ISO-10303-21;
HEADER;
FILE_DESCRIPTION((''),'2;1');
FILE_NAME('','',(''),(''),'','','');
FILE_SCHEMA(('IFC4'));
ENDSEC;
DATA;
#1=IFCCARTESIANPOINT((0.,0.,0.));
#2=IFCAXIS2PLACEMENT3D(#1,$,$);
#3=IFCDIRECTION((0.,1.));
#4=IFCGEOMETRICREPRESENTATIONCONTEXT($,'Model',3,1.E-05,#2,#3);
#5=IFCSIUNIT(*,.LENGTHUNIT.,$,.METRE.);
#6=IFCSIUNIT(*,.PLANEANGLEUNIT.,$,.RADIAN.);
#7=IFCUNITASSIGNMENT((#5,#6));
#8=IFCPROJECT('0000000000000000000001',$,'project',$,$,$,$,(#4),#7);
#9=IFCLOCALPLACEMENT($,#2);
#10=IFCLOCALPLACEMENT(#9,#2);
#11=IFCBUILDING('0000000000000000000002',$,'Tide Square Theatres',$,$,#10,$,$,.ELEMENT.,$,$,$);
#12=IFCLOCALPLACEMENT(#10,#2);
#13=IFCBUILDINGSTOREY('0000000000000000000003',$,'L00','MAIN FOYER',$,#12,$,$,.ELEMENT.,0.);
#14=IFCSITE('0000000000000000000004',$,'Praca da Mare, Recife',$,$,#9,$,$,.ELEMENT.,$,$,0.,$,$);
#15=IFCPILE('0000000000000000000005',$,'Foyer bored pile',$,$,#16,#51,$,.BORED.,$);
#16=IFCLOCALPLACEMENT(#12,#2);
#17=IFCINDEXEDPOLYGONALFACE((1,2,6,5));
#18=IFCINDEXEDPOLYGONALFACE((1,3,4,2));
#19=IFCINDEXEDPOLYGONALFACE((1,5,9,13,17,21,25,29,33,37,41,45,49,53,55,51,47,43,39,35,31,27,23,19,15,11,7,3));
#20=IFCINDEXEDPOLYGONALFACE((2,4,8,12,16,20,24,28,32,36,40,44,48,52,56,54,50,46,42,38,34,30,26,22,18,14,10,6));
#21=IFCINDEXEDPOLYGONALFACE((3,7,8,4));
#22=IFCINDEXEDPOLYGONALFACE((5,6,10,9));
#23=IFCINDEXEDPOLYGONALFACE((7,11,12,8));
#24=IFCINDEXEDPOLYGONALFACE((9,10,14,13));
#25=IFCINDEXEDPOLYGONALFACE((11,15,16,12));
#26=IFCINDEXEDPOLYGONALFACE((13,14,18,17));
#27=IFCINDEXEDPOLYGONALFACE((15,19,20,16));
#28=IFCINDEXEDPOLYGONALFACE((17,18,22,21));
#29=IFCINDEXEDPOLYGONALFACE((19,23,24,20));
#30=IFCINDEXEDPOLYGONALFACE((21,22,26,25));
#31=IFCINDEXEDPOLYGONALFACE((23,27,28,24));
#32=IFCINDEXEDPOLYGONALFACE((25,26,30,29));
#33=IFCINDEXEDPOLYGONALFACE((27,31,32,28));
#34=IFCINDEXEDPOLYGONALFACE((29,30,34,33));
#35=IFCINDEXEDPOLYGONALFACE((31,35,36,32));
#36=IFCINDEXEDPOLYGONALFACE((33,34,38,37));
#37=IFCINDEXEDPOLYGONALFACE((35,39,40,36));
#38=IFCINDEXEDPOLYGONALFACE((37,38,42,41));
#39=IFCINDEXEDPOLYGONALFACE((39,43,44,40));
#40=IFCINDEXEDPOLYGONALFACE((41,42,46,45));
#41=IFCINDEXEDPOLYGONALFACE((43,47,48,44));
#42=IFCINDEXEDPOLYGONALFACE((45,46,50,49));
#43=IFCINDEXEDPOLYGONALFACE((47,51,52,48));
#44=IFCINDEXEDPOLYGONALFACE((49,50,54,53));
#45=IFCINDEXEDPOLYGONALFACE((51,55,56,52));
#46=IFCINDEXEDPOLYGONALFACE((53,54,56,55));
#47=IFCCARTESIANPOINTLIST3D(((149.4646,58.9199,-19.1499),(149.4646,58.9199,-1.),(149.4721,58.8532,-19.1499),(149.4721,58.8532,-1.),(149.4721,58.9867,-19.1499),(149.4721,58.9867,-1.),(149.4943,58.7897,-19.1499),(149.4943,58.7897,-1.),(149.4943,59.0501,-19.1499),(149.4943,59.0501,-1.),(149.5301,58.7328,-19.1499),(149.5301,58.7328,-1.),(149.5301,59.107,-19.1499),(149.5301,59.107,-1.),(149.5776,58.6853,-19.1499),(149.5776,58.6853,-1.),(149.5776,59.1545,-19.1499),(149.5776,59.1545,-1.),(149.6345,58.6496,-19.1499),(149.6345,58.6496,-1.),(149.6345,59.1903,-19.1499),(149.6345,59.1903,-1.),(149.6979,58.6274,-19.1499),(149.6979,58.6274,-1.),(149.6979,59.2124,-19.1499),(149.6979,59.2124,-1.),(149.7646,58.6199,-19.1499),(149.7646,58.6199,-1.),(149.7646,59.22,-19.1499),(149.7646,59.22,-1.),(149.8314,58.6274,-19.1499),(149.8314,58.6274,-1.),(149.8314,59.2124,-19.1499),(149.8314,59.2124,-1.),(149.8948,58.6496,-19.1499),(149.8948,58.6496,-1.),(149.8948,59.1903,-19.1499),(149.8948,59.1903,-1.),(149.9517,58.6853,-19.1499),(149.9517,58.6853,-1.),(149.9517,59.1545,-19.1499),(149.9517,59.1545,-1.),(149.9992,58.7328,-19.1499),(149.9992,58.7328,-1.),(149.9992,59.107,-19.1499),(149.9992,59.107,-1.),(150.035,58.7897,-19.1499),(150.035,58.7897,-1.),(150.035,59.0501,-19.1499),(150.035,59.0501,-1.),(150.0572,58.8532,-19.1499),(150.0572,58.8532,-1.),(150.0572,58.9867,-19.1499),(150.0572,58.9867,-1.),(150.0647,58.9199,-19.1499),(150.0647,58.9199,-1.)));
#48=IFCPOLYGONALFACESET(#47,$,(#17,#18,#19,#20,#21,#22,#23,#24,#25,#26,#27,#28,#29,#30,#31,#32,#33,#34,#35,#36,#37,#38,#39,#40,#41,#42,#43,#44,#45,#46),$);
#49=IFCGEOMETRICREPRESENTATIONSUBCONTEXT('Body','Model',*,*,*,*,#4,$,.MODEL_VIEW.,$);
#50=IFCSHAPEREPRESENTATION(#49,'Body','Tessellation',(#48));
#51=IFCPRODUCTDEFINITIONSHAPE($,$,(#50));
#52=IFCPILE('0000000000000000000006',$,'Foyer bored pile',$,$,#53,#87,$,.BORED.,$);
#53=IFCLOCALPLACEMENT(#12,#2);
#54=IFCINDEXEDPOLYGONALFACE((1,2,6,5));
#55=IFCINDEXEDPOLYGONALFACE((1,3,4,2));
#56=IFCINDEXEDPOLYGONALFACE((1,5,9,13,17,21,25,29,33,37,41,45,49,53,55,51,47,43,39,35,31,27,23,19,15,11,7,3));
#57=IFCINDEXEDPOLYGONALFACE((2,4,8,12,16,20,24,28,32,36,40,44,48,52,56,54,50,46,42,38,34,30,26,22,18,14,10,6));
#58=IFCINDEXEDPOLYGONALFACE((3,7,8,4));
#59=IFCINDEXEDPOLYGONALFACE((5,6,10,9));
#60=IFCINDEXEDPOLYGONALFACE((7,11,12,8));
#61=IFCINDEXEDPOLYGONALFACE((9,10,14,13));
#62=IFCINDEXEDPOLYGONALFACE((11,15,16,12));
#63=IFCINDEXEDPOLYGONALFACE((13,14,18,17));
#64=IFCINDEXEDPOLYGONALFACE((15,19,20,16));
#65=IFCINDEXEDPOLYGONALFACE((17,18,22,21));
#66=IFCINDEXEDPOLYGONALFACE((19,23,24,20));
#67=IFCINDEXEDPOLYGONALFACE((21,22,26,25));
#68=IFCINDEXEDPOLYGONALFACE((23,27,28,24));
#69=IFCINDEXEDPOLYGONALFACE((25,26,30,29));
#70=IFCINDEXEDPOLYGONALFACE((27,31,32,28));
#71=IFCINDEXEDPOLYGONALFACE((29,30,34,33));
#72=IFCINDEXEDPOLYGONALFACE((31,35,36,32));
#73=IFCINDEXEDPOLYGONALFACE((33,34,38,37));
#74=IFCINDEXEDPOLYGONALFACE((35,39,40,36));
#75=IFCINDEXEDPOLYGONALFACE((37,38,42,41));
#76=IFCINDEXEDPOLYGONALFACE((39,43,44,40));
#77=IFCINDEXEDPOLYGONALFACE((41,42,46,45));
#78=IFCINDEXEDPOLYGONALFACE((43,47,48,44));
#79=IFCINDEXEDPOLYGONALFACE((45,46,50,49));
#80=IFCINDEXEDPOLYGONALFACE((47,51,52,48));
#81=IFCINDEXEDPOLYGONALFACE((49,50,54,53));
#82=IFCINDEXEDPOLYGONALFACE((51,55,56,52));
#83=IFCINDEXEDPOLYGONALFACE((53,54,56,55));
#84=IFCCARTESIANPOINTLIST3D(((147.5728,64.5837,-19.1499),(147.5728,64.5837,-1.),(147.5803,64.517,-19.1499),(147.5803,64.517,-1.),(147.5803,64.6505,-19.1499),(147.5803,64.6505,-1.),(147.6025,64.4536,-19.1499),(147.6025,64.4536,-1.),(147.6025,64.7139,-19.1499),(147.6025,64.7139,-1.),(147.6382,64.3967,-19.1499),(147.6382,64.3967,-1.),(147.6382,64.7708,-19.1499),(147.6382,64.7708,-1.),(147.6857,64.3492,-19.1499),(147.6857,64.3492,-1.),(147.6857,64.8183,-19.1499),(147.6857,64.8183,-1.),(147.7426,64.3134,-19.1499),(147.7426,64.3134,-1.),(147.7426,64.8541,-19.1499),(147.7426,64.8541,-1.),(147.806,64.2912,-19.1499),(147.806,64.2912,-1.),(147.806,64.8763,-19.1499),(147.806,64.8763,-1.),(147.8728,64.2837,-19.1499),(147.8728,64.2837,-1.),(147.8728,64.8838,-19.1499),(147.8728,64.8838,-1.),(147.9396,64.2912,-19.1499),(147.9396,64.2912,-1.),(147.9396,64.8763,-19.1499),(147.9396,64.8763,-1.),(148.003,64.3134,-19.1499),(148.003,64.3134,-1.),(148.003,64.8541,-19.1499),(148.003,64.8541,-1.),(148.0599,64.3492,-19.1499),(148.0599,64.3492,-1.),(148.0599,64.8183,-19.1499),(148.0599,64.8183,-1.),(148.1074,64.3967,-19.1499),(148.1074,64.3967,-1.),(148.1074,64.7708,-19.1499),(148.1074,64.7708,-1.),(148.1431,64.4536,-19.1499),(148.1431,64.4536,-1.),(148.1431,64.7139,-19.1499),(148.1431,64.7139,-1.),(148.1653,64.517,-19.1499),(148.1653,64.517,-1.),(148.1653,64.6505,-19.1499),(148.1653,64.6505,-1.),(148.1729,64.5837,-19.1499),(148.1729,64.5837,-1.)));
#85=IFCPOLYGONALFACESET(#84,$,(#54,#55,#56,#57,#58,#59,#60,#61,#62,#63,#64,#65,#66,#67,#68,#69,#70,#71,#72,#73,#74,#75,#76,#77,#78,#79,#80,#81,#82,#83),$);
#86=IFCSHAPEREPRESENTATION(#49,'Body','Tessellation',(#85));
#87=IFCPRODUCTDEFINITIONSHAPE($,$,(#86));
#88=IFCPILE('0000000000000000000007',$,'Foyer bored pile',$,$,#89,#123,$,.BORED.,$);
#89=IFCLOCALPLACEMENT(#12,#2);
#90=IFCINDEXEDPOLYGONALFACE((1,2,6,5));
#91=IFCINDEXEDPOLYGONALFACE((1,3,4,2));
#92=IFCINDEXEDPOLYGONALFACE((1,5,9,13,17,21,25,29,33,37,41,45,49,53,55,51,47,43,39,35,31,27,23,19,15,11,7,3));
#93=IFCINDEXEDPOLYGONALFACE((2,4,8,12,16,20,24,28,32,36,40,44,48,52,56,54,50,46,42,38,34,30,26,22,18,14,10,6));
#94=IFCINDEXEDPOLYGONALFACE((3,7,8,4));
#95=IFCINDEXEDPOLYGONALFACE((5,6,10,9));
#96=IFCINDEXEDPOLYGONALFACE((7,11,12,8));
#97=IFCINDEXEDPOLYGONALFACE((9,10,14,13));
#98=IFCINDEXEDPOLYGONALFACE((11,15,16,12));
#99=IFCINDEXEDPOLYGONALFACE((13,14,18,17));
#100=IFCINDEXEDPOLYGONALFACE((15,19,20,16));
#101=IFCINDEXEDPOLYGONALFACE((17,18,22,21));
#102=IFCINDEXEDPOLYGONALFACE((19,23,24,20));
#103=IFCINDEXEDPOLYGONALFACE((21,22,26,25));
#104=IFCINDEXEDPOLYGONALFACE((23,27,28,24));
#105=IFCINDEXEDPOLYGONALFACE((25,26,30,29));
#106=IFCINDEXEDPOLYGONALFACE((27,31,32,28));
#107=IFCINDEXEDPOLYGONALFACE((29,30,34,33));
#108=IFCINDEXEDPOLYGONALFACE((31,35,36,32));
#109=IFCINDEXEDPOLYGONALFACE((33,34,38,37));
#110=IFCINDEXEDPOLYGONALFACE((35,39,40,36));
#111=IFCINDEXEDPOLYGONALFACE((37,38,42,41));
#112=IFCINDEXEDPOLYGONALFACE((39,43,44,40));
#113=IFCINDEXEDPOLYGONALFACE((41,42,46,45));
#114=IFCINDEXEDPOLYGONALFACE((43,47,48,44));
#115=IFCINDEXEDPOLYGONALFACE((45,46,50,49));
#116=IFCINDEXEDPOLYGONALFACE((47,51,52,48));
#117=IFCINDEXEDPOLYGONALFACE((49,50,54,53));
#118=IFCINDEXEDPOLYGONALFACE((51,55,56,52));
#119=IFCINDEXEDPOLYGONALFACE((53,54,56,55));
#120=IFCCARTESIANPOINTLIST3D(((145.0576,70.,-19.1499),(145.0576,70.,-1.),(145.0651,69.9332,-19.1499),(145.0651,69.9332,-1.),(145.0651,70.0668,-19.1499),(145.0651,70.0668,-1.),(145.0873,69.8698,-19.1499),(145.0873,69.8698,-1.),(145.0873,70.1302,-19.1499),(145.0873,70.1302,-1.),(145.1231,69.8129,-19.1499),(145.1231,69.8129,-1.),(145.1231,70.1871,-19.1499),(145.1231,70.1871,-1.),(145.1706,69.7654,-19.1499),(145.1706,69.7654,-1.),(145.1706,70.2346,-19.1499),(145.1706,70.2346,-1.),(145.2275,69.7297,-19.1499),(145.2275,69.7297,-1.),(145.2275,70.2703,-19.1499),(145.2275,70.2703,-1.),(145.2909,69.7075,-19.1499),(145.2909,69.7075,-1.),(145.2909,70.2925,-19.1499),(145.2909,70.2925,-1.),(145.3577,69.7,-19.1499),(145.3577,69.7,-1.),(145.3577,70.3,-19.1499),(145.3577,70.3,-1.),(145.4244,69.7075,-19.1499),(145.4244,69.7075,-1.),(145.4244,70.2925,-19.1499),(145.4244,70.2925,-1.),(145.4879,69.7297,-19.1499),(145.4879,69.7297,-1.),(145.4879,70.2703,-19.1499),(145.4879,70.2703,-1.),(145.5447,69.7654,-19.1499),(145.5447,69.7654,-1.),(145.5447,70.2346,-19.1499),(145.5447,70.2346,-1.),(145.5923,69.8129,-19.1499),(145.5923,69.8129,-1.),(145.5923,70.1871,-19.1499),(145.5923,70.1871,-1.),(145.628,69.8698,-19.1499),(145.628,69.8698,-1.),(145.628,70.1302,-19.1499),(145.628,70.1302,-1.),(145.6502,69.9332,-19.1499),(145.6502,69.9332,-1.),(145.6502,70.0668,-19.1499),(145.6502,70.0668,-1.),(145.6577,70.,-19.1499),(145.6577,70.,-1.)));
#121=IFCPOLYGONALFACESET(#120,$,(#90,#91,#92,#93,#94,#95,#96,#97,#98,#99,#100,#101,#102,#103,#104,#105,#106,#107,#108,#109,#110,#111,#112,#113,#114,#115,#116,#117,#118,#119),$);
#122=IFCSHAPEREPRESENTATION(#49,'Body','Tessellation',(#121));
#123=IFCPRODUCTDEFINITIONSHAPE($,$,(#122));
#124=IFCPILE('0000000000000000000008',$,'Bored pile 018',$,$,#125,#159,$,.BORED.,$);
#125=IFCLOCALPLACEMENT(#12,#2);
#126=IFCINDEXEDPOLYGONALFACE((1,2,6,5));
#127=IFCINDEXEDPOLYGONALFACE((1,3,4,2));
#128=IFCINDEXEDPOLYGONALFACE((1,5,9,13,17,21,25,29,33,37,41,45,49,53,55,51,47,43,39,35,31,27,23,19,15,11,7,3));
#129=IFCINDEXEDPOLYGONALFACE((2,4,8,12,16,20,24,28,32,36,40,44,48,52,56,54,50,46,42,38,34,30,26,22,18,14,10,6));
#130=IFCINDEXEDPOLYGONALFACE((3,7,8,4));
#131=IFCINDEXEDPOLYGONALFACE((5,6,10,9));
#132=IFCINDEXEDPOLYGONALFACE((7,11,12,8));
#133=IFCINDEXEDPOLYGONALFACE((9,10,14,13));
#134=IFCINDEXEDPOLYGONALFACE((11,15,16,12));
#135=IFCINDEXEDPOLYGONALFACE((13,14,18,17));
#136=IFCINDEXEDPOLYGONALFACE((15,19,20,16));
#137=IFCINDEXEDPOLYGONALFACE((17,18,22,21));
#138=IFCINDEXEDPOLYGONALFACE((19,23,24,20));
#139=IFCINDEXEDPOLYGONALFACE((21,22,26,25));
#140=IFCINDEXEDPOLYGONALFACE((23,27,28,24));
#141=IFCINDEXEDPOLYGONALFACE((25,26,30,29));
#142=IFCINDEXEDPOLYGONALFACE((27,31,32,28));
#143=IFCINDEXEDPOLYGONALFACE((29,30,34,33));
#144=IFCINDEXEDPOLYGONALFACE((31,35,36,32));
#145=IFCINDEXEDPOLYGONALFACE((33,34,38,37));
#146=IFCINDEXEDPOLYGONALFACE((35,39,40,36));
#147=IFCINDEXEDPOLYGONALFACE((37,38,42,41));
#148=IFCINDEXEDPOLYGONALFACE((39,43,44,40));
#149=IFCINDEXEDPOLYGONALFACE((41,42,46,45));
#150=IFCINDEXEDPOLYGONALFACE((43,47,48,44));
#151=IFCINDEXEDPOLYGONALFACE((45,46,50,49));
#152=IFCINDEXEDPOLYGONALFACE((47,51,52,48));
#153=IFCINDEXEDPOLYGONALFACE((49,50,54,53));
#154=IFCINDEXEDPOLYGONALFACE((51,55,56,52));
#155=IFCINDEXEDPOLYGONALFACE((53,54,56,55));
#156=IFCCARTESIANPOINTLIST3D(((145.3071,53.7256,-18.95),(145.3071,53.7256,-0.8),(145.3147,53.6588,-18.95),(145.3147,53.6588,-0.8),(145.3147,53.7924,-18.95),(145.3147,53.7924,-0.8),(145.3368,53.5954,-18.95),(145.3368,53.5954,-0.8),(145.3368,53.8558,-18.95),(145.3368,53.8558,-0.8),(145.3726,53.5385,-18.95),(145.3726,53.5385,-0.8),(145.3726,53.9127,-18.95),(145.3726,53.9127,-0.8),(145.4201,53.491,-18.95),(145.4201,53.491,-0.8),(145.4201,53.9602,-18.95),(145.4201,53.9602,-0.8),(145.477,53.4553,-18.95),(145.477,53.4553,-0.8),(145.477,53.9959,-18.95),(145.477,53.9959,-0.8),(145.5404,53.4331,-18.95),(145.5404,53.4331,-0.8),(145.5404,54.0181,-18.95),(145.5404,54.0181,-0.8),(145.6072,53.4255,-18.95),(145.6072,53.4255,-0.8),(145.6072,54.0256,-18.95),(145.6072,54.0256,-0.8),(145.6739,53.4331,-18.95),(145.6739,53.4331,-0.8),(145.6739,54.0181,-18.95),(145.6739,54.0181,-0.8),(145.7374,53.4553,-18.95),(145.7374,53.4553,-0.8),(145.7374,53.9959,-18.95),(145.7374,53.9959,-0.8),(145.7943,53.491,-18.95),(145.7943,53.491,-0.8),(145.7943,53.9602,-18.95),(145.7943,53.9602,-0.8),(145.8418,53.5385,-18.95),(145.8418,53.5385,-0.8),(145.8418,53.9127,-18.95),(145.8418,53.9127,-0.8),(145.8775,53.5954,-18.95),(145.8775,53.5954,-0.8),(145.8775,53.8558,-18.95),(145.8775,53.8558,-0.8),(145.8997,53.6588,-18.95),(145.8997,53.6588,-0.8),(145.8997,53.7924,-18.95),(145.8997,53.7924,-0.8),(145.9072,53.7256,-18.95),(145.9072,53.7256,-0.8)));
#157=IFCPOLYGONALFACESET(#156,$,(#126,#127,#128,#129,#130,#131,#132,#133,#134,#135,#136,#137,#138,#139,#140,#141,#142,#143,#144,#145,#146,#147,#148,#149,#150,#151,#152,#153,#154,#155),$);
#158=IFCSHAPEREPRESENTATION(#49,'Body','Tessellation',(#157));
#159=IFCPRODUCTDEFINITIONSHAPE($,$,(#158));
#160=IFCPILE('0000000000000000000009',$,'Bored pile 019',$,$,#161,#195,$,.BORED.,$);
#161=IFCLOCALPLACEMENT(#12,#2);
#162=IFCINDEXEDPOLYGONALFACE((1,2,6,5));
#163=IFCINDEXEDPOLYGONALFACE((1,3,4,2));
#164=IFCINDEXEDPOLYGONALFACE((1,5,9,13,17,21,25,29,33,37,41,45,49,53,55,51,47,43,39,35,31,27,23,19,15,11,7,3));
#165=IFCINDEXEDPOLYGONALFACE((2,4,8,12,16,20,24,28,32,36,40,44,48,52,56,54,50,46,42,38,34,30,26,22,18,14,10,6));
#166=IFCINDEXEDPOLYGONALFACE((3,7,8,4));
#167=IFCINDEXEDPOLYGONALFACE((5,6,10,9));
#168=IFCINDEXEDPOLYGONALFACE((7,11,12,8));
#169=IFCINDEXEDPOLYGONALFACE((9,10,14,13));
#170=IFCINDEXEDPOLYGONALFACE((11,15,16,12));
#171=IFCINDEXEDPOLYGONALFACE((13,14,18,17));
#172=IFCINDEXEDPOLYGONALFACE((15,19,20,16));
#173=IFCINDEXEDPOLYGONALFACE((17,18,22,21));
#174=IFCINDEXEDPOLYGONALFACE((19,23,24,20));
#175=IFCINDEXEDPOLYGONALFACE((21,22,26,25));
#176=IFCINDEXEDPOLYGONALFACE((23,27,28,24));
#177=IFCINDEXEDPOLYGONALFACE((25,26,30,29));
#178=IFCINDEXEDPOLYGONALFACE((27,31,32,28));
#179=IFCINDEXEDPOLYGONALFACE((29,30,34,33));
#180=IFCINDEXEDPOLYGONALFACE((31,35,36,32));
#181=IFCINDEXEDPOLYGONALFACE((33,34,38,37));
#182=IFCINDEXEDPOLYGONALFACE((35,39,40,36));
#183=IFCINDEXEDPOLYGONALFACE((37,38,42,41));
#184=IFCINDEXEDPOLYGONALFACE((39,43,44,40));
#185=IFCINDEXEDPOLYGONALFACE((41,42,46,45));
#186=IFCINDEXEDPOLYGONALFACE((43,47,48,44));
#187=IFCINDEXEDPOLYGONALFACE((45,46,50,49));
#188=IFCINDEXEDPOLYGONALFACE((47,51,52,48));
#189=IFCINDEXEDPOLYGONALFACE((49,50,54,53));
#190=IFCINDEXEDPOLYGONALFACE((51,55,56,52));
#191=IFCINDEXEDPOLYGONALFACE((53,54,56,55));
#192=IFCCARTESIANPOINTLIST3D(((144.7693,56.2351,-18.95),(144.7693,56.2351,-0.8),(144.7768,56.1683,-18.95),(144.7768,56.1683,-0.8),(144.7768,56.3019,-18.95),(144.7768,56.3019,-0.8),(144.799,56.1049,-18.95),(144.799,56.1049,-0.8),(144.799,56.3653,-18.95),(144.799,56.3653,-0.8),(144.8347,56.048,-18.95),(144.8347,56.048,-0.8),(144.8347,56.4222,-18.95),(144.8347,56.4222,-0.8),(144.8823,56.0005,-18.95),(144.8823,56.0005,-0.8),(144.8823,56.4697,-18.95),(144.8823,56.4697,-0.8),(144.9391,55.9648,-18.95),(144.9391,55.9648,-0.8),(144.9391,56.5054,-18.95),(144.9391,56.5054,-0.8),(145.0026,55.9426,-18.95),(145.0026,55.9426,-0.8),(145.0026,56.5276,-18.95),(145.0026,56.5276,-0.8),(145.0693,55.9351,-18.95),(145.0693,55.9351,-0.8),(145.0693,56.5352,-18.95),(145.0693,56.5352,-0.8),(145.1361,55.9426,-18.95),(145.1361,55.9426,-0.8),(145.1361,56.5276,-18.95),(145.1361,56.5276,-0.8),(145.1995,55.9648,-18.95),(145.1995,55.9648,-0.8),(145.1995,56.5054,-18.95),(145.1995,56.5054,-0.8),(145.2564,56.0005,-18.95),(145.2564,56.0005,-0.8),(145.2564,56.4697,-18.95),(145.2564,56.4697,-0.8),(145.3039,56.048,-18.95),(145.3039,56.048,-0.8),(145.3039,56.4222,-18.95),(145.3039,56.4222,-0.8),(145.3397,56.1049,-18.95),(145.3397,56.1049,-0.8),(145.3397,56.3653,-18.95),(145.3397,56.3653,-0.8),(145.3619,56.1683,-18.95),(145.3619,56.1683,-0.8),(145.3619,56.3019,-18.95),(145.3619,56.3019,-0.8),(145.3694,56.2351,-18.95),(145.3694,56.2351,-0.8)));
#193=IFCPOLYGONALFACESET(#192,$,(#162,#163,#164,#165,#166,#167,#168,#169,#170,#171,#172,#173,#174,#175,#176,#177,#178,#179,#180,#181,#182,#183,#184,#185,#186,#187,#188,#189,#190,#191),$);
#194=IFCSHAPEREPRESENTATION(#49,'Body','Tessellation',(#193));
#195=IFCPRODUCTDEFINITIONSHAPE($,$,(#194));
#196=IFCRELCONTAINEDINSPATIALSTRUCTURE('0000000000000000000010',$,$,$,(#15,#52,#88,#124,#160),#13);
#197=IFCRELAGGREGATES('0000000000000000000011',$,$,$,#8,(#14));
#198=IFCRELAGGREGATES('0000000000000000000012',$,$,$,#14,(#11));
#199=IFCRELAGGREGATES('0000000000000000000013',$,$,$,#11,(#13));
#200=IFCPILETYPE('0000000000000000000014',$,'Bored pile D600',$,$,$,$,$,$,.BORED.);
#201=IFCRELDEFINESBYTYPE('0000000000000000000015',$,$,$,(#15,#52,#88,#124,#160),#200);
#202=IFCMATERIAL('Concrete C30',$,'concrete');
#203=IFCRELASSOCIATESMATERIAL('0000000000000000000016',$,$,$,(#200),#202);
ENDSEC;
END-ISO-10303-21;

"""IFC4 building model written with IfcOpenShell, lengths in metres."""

from ifc_helpers import new_model, si_unit, direction, frame, origin, origin_2d, place, context, subcontext, project, spatial, circle, extrude, material, material_profile, profile_set, type_object, element, save


model = new_model("IFC4")

# Units and contexts
model_context = context("Model", 3, precision=1e-05, world=origin(), true_north=direction((0.0, 1.0)))
body_context = subcontext(model_context, "Body", "Model", "MODEL_VIEW")
ifc_project = project(units=[si_unit("LENGTHUNIT", "METRE"), si_unit("PLANEANGLEUNIT", "RADIAN")], contexts=[model_context])

# Site, building, storey
site_placement = place(None, origin())
site = spatial("IfcSite", under=ifc_project, at=site_placement, Name="Praca da Mare, Recife", CompositionType="ELEMENT", RefElevation=0.0)
building_placement = place(site_placement, origin())
building = spatial("IfcBuilding", under=site, at=building_placement, Name="Tide Square Theatres", CompositionType="ELEMENT")
storey_placement = place(building_placement, origin())
storey = spatial("IfcBuildingStorey", under=building, at=storey_placement, Name="L00", Description="MAIN FOYER", CompositionType="ELEMENT", Elevation=0.0)

# Piles
ifc_material_1 = material(Name="Concrete C30", Category="concrete")
ifc_material_profile_1 = material_profile(ifc_material_1, circle(Radius=0.3, at=origin_2d()))
ifc_profile_set_1 = profile_set([ifc_material_profile_1], Name="Concrete C30")
pile_type = type_object("IfcPileType", Name="Bored pile D600", PredefinedType="BORED", material=ifc_profile_set_1)
for number, where, z_axis, x_axis, name in (
    (1, (149.7646, 58.9199, -1.0), (0.0, 0.0, -1.0), (1.0, 0.0, 0.0), "Foyer bored pile"),
    (2, (147.8728, 64.5837, -1.0), (0.0, 0.0, -1.0), (1.0, 0.0, 0.0), "Foyer bored pile"),
    (3, (145.3577, 70.0, -1.0), (0.0, 0.0, -1.0), (1.0, 0.0, 0.0), "Foyer bored pile"),
    (4, (145.6072, 53.7256, -0.8), (0.0, 0.0, -1.0), (1.0, 0.0, 0.0), "Bored pile 018"),
    (5, (145.0693, 56.2351, -0.8), (0.0, 0.0, -1.0), (1.0, 0.0, 0.0), "Bored pile 019"),
):
    element("IfcPile", number, at=place(storey_placement, frame(where, z_axis=z_axis, x_axis=x_axis)), inside=storey, type_object=pile_type, Name=name, PredefinedType="BORED", context=body_context, shape_type="SweptSolid", body=[
        extrude(circle(Radius=0.3, at=origin_2d()), origin(), (0.0, 0.0, 1.0), 18.1499),
    ])

save(model, "model.ifc")
